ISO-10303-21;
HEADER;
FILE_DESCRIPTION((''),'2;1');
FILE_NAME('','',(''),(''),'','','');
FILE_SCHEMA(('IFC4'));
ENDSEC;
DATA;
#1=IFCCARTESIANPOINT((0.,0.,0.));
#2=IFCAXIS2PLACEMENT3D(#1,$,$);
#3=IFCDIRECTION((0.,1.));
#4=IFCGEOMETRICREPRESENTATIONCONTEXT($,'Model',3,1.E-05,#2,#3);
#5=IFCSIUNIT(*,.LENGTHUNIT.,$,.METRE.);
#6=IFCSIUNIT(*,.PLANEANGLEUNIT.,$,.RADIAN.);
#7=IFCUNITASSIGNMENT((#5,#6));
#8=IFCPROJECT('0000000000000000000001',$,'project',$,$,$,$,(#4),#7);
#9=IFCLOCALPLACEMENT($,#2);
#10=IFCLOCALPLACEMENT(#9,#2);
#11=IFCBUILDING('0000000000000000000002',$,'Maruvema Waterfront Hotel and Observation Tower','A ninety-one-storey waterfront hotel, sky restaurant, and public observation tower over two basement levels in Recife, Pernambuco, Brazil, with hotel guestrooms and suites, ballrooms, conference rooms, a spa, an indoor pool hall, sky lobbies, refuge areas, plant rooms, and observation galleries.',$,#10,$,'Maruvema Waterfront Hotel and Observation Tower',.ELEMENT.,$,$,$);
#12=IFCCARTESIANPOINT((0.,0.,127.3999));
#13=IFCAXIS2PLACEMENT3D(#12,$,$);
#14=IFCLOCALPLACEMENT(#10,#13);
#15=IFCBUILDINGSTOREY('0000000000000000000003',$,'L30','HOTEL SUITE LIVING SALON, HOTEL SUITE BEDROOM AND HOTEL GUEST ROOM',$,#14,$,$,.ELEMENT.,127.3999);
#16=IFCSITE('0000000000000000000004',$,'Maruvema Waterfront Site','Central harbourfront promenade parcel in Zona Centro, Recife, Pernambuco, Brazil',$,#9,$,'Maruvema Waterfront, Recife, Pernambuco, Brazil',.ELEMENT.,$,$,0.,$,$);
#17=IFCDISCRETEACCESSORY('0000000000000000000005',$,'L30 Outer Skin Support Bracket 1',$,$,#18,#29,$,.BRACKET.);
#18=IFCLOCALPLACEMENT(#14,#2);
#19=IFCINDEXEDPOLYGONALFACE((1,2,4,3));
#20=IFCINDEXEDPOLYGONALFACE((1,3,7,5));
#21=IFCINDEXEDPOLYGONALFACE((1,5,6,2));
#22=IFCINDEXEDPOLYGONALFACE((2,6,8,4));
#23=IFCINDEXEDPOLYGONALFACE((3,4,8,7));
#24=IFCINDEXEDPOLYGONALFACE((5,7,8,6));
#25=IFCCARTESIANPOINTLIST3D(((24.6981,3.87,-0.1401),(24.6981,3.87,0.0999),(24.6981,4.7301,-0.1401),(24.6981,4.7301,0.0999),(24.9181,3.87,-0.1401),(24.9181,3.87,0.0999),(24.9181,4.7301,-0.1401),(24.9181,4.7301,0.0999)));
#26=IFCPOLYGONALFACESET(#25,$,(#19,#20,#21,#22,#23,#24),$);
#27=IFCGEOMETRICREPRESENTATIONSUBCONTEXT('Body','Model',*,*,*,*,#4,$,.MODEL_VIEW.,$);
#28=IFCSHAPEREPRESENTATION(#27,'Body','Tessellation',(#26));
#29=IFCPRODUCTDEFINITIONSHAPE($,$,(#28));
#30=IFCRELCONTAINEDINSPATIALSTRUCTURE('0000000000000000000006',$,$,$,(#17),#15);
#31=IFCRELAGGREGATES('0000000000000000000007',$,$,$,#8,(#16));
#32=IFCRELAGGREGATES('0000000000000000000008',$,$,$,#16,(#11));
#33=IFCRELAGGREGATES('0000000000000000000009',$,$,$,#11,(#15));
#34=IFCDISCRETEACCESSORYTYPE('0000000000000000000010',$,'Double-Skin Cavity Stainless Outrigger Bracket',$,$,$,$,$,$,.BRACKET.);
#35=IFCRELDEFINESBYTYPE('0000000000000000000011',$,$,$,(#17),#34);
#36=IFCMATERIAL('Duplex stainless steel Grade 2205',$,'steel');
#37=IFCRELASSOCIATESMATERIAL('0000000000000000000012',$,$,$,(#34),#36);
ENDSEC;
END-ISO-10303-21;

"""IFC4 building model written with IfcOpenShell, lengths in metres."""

from ifc_helpers import new_model, si_unit, direction, frame, origin, origin_2d, place, context, subcontext, project, spatial, rectangle, extrude, material, type_object, element, save


model = new_model("IFC4")

# Units and contexts
model_context = context("Model", 3, precision=1e-05, world=origin(), true_north=direction((0.0, 1.0)))
body_context = subcontext(model_context, "Body", "Model", "MODEL_VIEW")
ifc_project = project(units=[si_unit("LENGTHUNIT", "METRE"), si_unit("PLANEANGLEUNIT", "RADIAN")], contexts=[model_context])

# Site, building, storey
site_placement = place(None, origin())
site = spatial("IfcSite", under=ifc_project, at=site_placement, Name="Maruvema Waterfront Site", Description="Central harbourfront promenade parcel in Zona Centro, Recife, Pernambuco, Brazil", LongName="Maruvema Waterfront, Recife, Pernambuco, Brazil", CompositionType="ELEMENT", RefElevation=0.0)
building_placement = place(site_placement, origin())
building = spatial("IfcBuilding", under=site, at=building_placement, Name="Maruvema Waterfront Hotel and Observation Tower", Description="A ninety-one-storey waterfront hotel, sky restaurant, and public observation tower over two basement levels in Recife, Pernambuco, Brazil, with hotel guestrooms and suites, ballrooms, conference rooms, a spa, an indoor pool hall, sky lobbies, refuge areas, plant rooms, and observation galleries.", LongName="Maruvema Waterfront Hotel and Observation Tower", CompositionType="ELEMENT")
storey_placement = place(building_placement, frame((0.0, 0.0, 127.3999)))
storey = spatial("IfcBuildingStorey", under=building, at=storey_placement, Name="L30", Description="HOTEL SUITE LIVING SALON, HOTEL SUITE BEDROOM AND HOTEL GUEST ROOM", CompositionType="ELEMENT", Elevation=127.3999)

# Discrete accessory
ifc_material_1 = material(Name="Duplex stainless steel Grade 2205", Category="steel")
discrete_accessory_type = type_object("IfcDiscreteAccessoryType", Name="Double-Skin Cavity Stainless Outrigger Bracket", PredefinedType="BRACKET", material=ifc_material_1)
discrete_accessory_placement = place(storey_placement, frame((24.8081, 4.3, -0.1401), z_axis=(0.0, 0.0, 1.0), x_axis=(1.0, 0.0, 0.0)))
element("IfcDiscreteAccessory", 1, at=discrete_accessory_placement, inside=storey, type_object=discrete_accessory_type, Name="L30 Outer Skin Support Bracket 1", PredefinedType="BRACKET", context=body_context, shape_type="SweptSolid", body=[
    extrude(rectangle(XDim=0.22, YDim=0.8601, at=origin_2d()), origin(), (0.0, 0.0, 1.0), 0.24),
])

save(model, "model.ifc")
